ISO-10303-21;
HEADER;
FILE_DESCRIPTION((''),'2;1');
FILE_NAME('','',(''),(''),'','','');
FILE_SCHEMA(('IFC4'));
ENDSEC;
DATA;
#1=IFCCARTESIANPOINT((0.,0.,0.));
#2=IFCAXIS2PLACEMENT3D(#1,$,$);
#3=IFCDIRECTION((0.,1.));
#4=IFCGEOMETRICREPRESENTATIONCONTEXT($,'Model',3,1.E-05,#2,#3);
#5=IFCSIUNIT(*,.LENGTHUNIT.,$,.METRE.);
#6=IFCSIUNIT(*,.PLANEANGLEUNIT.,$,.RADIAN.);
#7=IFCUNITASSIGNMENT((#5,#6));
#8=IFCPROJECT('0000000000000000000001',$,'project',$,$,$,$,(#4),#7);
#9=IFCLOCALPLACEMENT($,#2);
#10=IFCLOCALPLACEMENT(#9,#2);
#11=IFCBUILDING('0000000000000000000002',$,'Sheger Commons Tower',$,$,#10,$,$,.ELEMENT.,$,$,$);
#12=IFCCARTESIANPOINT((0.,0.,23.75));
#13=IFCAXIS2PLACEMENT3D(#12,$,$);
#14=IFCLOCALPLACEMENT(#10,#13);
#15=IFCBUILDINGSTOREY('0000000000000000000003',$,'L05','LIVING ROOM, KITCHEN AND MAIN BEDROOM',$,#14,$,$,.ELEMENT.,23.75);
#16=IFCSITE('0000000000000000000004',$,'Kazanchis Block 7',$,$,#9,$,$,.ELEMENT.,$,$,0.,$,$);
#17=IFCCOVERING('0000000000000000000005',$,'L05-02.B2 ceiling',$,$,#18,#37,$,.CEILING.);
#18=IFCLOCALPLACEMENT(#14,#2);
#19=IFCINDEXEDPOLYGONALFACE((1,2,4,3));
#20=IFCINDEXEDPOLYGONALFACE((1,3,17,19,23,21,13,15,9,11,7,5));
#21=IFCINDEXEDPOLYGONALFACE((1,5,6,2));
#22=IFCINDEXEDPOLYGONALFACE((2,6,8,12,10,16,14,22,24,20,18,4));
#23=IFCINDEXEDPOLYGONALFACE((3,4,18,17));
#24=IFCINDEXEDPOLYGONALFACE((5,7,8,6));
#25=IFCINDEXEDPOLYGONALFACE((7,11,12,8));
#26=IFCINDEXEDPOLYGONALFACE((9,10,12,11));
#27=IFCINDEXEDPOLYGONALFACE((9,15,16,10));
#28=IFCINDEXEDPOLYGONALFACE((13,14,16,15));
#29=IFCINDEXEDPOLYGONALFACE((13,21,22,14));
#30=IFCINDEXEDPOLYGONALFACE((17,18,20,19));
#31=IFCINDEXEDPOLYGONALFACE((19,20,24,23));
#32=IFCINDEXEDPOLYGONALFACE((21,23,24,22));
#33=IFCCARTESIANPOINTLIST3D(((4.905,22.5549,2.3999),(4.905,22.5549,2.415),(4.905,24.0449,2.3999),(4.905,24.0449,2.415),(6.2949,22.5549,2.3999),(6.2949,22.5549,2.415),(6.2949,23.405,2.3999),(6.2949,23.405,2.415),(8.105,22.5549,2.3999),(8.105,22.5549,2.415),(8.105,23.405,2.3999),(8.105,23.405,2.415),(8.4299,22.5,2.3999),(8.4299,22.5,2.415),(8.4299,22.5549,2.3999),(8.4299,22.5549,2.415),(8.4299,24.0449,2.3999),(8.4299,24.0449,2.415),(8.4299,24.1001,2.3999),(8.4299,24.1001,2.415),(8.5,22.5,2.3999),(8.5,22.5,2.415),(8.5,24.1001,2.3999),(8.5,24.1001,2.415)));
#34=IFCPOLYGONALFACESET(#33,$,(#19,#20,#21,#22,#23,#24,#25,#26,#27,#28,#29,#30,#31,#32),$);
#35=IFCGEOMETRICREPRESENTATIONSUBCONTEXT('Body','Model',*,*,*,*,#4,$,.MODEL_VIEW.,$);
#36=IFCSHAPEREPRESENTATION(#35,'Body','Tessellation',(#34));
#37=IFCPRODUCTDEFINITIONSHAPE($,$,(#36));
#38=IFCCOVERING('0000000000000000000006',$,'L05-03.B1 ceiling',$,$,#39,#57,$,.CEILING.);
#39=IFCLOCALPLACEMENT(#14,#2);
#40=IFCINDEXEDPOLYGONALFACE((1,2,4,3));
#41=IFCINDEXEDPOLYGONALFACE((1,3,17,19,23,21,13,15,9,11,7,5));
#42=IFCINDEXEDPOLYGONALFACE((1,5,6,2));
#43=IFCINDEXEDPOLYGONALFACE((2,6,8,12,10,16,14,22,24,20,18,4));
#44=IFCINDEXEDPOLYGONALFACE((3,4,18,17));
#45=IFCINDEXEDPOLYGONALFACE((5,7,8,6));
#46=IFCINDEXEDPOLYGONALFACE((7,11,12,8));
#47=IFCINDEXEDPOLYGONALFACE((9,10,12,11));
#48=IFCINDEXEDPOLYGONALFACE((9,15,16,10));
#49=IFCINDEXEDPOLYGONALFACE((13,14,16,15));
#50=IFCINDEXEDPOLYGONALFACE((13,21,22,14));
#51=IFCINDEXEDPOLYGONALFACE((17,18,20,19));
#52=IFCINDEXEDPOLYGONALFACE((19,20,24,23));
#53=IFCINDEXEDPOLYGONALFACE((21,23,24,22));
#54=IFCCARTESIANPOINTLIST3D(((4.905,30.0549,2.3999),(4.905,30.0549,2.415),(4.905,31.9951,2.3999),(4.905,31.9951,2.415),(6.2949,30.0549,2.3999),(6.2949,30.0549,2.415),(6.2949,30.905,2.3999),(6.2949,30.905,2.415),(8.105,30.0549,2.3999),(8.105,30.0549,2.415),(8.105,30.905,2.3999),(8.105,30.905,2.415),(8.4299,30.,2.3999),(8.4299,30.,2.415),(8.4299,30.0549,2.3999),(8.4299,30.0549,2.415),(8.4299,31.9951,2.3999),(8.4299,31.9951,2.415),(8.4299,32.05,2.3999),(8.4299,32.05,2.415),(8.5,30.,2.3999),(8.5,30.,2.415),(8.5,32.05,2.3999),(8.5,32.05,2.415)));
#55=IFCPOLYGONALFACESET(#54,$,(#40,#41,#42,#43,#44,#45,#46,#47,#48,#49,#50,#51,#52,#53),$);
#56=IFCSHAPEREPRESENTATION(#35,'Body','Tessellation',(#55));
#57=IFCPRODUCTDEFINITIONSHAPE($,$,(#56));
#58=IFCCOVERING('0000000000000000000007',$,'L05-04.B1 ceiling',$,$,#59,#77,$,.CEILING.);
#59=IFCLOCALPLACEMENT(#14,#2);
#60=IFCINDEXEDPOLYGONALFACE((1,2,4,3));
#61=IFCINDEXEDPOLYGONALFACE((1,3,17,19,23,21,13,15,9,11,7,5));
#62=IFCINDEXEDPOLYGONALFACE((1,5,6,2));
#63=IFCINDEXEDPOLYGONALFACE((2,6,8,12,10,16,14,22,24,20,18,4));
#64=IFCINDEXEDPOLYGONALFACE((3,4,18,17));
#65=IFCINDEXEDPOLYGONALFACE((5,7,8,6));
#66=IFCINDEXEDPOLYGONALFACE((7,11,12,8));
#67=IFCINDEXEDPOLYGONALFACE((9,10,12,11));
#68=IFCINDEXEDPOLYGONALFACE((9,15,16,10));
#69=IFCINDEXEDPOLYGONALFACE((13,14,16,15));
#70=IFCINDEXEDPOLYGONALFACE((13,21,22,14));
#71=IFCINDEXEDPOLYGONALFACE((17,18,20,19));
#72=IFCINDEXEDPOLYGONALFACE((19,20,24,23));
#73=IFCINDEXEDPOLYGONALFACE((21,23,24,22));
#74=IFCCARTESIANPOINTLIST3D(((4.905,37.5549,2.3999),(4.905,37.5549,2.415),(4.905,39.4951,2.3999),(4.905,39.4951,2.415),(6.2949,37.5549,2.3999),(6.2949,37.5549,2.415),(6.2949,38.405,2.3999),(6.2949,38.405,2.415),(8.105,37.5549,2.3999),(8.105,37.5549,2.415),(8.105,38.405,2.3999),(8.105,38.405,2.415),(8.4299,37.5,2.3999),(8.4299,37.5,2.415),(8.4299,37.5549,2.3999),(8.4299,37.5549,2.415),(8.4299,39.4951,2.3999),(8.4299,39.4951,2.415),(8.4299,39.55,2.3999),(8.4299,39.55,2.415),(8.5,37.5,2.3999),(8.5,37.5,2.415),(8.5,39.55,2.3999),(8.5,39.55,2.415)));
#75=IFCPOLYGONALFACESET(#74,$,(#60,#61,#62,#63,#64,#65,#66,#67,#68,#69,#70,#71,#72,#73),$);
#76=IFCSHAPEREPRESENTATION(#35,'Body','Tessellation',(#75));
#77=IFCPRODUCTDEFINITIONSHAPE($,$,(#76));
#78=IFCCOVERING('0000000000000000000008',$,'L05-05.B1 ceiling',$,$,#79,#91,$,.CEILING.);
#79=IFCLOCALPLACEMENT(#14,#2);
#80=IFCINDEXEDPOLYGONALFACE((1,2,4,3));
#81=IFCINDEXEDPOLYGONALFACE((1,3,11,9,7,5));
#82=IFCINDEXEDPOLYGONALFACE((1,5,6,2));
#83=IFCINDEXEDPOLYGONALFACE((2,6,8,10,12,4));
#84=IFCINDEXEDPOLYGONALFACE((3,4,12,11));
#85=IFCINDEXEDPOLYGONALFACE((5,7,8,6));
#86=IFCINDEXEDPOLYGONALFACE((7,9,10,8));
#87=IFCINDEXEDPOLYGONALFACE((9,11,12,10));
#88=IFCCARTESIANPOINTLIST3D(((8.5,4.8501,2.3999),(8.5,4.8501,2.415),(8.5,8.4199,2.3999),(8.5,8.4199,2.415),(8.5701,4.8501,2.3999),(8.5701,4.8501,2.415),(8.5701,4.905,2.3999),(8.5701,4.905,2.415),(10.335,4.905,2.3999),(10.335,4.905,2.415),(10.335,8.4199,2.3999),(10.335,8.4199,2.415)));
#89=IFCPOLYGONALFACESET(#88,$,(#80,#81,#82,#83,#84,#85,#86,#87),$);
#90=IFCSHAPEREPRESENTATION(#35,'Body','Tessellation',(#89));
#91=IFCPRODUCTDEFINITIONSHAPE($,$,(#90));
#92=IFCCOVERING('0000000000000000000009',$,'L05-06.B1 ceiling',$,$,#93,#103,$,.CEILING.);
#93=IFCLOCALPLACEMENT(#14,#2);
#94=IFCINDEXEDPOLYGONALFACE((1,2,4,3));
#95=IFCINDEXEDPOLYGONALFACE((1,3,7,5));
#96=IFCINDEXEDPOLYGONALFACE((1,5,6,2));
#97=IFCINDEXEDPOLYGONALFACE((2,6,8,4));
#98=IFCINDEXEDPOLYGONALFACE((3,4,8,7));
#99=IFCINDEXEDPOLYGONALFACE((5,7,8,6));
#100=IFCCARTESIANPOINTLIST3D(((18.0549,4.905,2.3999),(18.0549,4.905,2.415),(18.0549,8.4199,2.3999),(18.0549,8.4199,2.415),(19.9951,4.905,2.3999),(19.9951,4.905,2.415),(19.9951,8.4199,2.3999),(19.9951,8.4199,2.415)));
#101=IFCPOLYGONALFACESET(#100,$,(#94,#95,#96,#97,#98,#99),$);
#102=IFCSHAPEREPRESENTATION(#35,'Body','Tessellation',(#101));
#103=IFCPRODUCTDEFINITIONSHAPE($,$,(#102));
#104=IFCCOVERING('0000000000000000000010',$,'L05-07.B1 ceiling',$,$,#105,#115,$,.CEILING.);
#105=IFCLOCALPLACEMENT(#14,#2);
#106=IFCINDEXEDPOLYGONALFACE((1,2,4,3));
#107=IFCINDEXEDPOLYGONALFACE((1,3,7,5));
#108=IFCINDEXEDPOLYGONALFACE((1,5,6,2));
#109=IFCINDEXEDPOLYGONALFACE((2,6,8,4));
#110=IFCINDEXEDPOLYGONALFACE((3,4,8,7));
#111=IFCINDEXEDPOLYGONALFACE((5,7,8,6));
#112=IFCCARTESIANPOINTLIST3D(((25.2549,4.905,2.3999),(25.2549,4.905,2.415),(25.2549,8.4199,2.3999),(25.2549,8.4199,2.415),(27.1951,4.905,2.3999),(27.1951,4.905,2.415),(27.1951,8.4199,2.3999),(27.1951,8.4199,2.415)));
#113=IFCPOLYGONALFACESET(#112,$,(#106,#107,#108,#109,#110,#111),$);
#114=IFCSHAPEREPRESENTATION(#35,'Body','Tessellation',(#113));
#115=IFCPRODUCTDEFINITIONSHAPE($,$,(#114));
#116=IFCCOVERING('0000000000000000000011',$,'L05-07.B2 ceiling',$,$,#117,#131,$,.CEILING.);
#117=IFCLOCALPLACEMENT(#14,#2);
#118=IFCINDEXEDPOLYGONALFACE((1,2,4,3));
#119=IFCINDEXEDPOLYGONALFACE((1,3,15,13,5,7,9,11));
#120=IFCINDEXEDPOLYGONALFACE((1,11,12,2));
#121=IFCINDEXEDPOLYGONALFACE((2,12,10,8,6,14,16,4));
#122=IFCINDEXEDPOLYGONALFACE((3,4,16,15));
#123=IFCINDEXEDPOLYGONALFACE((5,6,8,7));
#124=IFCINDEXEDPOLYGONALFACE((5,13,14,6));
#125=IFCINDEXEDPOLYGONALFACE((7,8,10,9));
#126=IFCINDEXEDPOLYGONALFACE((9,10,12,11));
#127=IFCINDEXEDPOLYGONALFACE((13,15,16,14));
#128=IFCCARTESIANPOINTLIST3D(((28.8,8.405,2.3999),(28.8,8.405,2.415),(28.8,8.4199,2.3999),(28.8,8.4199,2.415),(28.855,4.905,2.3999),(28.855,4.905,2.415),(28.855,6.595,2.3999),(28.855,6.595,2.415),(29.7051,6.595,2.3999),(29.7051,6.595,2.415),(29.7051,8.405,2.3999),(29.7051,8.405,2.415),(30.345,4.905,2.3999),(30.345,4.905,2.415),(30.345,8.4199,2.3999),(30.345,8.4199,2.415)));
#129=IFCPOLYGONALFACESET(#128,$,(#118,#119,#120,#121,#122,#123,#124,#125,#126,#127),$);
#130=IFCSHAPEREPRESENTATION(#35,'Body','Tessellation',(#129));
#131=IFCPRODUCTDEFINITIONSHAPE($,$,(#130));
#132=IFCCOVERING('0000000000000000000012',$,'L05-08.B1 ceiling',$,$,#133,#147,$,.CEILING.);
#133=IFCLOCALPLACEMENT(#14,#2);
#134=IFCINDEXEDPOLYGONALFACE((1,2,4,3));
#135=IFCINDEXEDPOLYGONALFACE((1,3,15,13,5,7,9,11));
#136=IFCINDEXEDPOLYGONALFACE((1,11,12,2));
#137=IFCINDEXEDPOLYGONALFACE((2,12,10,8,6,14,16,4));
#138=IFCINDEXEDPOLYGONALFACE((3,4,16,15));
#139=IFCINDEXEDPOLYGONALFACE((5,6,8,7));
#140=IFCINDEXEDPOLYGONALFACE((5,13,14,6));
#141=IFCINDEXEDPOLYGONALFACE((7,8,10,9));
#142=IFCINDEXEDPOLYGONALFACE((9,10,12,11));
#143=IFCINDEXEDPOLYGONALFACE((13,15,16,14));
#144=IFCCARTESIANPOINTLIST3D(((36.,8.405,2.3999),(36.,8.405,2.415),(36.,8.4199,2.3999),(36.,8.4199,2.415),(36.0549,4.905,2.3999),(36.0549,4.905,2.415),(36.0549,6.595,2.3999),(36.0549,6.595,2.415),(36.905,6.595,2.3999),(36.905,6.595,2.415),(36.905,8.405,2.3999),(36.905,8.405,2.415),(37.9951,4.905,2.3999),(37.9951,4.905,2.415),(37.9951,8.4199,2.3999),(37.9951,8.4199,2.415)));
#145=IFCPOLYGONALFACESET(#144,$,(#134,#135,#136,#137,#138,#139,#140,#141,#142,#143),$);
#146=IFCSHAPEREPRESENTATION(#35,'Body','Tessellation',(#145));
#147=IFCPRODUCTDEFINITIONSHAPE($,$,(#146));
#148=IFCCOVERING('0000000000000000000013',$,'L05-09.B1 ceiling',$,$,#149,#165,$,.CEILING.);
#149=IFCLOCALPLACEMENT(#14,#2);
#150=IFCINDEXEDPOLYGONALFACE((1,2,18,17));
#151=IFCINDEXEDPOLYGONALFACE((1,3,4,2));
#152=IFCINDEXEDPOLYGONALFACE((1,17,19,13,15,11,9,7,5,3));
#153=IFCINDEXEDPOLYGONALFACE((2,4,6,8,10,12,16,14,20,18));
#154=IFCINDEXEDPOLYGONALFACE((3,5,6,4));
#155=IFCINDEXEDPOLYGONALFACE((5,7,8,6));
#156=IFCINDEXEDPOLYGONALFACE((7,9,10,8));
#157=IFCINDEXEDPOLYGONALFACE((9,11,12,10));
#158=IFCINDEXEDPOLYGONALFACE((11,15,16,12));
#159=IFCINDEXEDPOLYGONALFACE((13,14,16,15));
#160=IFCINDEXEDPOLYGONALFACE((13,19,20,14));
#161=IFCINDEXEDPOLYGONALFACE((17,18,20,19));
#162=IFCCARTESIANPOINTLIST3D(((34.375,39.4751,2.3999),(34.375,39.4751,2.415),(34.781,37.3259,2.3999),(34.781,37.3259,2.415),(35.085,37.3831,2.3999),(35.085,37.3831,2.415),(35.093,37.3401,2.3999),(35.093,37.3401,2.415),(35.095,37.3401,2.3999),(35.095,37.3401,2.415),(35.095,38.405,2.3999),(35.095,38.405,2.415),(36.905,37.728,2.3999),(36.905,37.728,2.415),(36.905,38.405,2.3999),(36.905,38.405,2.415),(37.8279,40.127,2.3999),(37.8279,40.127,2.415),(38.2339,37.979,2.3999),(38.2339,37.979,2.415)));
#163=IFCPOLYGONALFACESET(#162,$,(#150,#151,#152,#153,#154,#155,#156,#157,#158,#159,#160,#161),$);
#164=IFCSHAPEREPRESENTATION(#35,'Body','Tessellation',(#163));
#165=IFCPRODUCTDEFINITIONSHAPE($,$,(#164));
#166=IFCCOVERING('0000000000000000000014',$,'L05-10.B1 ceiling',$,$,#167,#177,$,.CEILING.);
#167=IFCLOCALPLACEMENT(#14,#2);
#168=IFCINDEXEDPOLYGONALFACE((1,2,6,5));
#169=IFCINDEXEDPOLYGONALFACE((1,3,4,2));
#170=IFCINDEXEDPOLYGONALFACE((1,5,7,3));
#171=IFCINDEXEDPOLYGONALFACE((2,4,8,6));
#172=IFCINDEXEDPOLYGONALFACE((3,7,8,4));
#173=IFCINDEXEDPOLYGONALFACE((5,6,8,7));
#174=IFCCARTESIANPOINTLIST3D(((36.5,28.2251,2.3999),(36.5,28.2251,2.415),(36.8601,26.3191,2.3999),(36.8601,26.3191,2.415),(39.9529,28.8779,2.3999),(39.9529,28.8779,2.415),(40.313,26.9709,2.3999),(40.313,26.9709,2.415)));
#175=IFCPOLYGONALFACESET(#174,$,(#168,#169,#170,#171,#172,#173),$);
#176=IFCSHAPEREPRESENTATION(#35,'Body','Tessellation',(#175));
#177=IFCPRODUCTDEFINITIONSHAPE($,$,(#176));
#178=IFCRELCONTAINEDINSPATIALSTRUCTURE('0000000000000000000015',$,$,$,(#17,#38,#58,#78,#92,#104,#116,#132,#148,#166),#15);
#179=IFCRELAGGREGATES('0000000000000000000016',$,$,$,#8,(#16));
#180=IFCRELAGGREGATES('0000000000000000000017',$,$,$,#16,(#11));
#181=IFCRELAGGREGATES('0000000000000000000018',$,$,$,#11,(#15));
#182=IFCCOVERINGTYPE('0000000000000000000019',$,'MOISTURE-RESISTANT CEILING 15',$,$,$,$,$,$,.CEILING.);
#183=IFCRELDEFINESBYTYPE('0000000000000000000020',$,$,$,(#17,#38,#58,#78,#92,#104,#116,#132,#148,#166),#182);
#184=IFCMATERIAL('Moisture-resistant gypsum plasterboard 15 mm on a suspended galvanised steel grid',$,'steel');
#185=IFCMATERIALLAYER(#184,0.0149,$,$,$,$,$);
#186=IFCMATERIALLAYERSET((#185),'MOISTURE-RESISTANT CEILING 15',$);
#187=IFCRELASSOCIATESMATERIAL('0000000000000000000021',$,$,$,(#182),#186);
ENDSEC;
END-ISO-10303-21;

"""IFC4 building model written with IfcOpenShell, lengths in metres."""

from ifc_helpers import new_model, si_unit, direction, frame, origin, place, context, subcontext, project, spatial, polyline, outline, extrude, material, layer, layer_set, type_object, element, save


model = new_model("IFC4")

# Units and contexts
model_context = context("Model", 3, precision=1e-05, world=origin(), true_north=direction((0.0, 1.0)))
body_context = subcontext(model_context, "Body", "Model", "MODEL_VIEW")
ifc_project = project(units=[si_unit("LENGTHUNIT", "METRE"), si_unit("PLANEANGLEUNIT", "RADIAN")], contexts=[model_context])

# Site, building, storey
site_placement = place(None, origin())
site = spatial("IfcSite", under=ifc_project, at=site_placement, Name="Kazanchis Block 7", CompositionType="ELEMENT", RefElevation=0.0)
building_placement = place(site_placement, origin())
building = spatial("IfcBuilding", under=site, at=building_placement, Name="Sheger Commons Tower", CompositionType="ELEMENT")
storey_placement = place(building_placement, frame((0.0, 0.0, 23.75)))
storey = spatial("IfcBuildingStorey", under=building, at=storey_placement, Name="L05", Description="LIVING ROOM, KITCHEN AND MAIN BEDROOM", CompositionType="ELEMENT", Elevation=23.75)

# Coverings
ifc_material_1 = material(Name="Moisture-resistant gypsum plasterboard 15 mm on a suspended galvanised steel grid", Category="steel")
ifc_layer_1 = layer(ifc_material_1, 0.0149)
ifc_layer_set_1 = layer_set([ifc_layer_1], Name="MOISTURE-RESISTANT CEILING 15")
covering_type_1 = type_object("IfcCoveringType", Name="MOISTURE-RESISTANT CEILING 15", PredefinedType="CEILING", material=ifc_layer_set_1)
covering_1_placement = place(storey_placement, frame((0.0, 0.0, 2.3999)))
element("IfcCovering", 1, at=covering_1_placement, inside=storey, type_object=covering_type_1, Name="L05-02.B2 ceiling", PredefinedType="CEILING", context=body_context, shape_type="SweptSolid", body=[
    extrude(outline(polyline([(8.4299, 22.5), (8.5, 22.5), (8.5, 24.1001), (8.4299, 24.1001), (8.4299, 24.0449), (4.905, 24.0449), (4.905, 22.5549), (6.2949, 22.5549), (6.2949, 23.405), (8.105, 23.405), (8.105, 22.5549), (8.4299, 22.5549), (8.4299, 22.5)])), origin(), (0.0, 0.0, 1.0), 0.0151),
])
covering_2_placement = place(storey_placement, frame((0.0, 0.0, 2.3999)))
element("IfcCovering", 2, at=covering_2_placement, inside=storey, type_object=covering_type_1, Name="L05-03.B1 ceiling", PredefinedType="CEILING", context=body_context, shape_type="SweptSolid", body=[
    extrude(outline(polyline([(8.4299, 30.0), (8.5, 30.0), (8.5, 32.05), (8.4299, 32.05), (8.4299, 31.9951), (4.905, 31.9951), (4.905, 30.0549), (6.2949, 30.0549), (6.2949, 30.905), (8.105, 30.905), (8.105, 30.0549), (8.4299, 30.0549), (8.4299, 30.0)])), origin(), (0.0, 0.0, 1.0), 0.0151),
])
covering_3_placement = place(storey_placement, frame((0.0, 0.0, 2.3999)))
element("IfcCovering", 3, at=covering_3_placement, inside=storey, type_object=covering_type_1, Name="L05-04.B1 ceiling", PredefinedType="CEILING", context=body_context, shape_type="SweptSolid", body=[
    extrude(outline(polyline([(8.4299, 37.5), (8.5, 37.5), (8.5, 39.55), (8.4299, 39.55), (8.4299, 39.4951), (4.905, 39.4951), (4.905, 37.5549), (6.2949, 37.5549), (6.2949, 38.405), (8.105, 38.405), (8.105, 37.5549), (8.4299, 37.5549), (8.4299, 37.5)])), origin(), (0.0, 0.0, 1.0), 0.0151),
])
covering_4_placement = place(storey_placement, frame((0.0, 0.0, 2.3999)))
element("IfcCovering", 4, at=covering_4_placement, inside=storey, type_object=covering_type_1, Name="L05-05.B1 ceiling", PredefinedType="CEILING", context=body_context, shape_type="SweptSolid", body=[
    extrude(outline(polyline([(8.5, 4.8501), (8.5701, 4.8501), (8.5701, 4.905), (10.335, 4.905), (10.335, 8.4199), (8.5, 8.4199), (8.5, 4.8501)])), origin(), (0.0, 0.0, 1.0), 0.0151),
])
covering_5_placement = place(storey_placement, frame((0.0, 0.0, 2.3999)))
element("IfcCovering", 5, at=covering_5_placement, inside=storey, type_object=covering_type_1, Name="L05-06.B1 ceiling", PredefinedType="CEILING", context=body_context, shape_type="SweptSolid", body=[
    extrude(outline(polyline([(18.0549, 4.905), (19.9951, 4.905), (19.9951, 8.4199), (18.0549, 8.4199), (18.0549, 4.905)])), origin(), (0.0, 0.0, 1.0), 0.0151),
])
covering_6_placement = place(storey_placement, frame((0.0, 0.0, 2.3999)))
element("IfcCovering", 6, at=covering_6_placement, inside=storey, type_object=covering_type_1, Name="L05-07.B1 ceiling", PredefinedType="CEILING", context=body_context, shape_type="SweptSolid", body=[
    extrude(outline(polyline([(25.2549, 4.905), (27.1951, 4.905), (27.1951, 8.4199), (25.2549, 8.4199), (25.2549, 4.905)])), origin(), (0.0, 0.0, 1.0), 0.0151),
])
covering_7_placement = place(storey_placement, frame((0.0, 0.0, 2.3999)))
element("IfcCovering", 7, at=covering_7_placement, inside=storey, type_object=covering_type_1, Name="L05-07.B2 ceiling", PredefinedType="CEILING", context=body_context, shape_type="SweptSolid", body=[
    extrude(outline(polyline([(28.855, 4.905), (30.345, 4.905), (30.345, 8.4199), (28.8, 8.4199), (28.8, 8.405), (29.7051, 8.405), (29.7051, 6.595), (28.855, 6.595), (28.855, 4.905)])), origin(), (0.0, 0.0, 1.0), 0.0151),
])
covering_8_placement = place(storey_placement, frame((0.0, 0.0, 2.3999)))
element("IfcCovering", 8, at=covering_8_placement, inside=storey, type_object=covering_type_1, Name="L05-08.B1 ceiling", PredefinedType="CEILING", context=body_context, shape_type="SweptSolid", body=[
    extrude(outline(polyline([(36.0549, 4.905), (37.9951, 4.905), (37.9951, 8.4199), (36.0, 8.4199), (36.0, 8.405), (36.905, 8.405), (36.905, 6.595), (36.0549, 6.595), (36.0549, 4.905)])), origin(), (0.0, 0.0, 1.0), 0.0151),
])
covering_9_placement = place(storey_placement, frame((0.0, 0.0, 2.3999)))
element("IfcCovering", 9, at=covering_9_placement, inside=storey, type_object=covering_type_1, Name="L05-09.B1 ceiling", PredefinedType="CEILING", context=body_context, shape_type="SweptSolid", body=[
    extrude(outline(polyline([(34.781, 37.3259), (35.085, 37.3831), (35.093, 37.3401), (35.095, 37.3401), (35.095, 38.405), (36.905, 38.405), (36.905, 37.728), (38.2339, 37.979), (37.8279, 40.127), (34.375, 39.4751), (34.781, 37.3259)])), origin(), (0.0, 0.0, 1.0), 0.0151),
])
covering_10_placement = place(storey_placement, frame((0.0, 0.0, 2.3999)))
element("IfcCovering", 10, at=covering_10_placement, inside=storey, type_object=covering_type_1, Name="L05-10.B1 ceiling", PredefinedType="CEILING", context=body_context, shape_type="SweptSolid", body=[
    extrude(outline(polyline([(36.8601, 26.3191), (40.313, 26.9709), (39.9529, 28.8779), (36.5, 28.2251), (36.8601, 26.3191)])), origin(), (0.0, 0.0, 1.0), 0.0151),
])

save(model, "model.ifc")
